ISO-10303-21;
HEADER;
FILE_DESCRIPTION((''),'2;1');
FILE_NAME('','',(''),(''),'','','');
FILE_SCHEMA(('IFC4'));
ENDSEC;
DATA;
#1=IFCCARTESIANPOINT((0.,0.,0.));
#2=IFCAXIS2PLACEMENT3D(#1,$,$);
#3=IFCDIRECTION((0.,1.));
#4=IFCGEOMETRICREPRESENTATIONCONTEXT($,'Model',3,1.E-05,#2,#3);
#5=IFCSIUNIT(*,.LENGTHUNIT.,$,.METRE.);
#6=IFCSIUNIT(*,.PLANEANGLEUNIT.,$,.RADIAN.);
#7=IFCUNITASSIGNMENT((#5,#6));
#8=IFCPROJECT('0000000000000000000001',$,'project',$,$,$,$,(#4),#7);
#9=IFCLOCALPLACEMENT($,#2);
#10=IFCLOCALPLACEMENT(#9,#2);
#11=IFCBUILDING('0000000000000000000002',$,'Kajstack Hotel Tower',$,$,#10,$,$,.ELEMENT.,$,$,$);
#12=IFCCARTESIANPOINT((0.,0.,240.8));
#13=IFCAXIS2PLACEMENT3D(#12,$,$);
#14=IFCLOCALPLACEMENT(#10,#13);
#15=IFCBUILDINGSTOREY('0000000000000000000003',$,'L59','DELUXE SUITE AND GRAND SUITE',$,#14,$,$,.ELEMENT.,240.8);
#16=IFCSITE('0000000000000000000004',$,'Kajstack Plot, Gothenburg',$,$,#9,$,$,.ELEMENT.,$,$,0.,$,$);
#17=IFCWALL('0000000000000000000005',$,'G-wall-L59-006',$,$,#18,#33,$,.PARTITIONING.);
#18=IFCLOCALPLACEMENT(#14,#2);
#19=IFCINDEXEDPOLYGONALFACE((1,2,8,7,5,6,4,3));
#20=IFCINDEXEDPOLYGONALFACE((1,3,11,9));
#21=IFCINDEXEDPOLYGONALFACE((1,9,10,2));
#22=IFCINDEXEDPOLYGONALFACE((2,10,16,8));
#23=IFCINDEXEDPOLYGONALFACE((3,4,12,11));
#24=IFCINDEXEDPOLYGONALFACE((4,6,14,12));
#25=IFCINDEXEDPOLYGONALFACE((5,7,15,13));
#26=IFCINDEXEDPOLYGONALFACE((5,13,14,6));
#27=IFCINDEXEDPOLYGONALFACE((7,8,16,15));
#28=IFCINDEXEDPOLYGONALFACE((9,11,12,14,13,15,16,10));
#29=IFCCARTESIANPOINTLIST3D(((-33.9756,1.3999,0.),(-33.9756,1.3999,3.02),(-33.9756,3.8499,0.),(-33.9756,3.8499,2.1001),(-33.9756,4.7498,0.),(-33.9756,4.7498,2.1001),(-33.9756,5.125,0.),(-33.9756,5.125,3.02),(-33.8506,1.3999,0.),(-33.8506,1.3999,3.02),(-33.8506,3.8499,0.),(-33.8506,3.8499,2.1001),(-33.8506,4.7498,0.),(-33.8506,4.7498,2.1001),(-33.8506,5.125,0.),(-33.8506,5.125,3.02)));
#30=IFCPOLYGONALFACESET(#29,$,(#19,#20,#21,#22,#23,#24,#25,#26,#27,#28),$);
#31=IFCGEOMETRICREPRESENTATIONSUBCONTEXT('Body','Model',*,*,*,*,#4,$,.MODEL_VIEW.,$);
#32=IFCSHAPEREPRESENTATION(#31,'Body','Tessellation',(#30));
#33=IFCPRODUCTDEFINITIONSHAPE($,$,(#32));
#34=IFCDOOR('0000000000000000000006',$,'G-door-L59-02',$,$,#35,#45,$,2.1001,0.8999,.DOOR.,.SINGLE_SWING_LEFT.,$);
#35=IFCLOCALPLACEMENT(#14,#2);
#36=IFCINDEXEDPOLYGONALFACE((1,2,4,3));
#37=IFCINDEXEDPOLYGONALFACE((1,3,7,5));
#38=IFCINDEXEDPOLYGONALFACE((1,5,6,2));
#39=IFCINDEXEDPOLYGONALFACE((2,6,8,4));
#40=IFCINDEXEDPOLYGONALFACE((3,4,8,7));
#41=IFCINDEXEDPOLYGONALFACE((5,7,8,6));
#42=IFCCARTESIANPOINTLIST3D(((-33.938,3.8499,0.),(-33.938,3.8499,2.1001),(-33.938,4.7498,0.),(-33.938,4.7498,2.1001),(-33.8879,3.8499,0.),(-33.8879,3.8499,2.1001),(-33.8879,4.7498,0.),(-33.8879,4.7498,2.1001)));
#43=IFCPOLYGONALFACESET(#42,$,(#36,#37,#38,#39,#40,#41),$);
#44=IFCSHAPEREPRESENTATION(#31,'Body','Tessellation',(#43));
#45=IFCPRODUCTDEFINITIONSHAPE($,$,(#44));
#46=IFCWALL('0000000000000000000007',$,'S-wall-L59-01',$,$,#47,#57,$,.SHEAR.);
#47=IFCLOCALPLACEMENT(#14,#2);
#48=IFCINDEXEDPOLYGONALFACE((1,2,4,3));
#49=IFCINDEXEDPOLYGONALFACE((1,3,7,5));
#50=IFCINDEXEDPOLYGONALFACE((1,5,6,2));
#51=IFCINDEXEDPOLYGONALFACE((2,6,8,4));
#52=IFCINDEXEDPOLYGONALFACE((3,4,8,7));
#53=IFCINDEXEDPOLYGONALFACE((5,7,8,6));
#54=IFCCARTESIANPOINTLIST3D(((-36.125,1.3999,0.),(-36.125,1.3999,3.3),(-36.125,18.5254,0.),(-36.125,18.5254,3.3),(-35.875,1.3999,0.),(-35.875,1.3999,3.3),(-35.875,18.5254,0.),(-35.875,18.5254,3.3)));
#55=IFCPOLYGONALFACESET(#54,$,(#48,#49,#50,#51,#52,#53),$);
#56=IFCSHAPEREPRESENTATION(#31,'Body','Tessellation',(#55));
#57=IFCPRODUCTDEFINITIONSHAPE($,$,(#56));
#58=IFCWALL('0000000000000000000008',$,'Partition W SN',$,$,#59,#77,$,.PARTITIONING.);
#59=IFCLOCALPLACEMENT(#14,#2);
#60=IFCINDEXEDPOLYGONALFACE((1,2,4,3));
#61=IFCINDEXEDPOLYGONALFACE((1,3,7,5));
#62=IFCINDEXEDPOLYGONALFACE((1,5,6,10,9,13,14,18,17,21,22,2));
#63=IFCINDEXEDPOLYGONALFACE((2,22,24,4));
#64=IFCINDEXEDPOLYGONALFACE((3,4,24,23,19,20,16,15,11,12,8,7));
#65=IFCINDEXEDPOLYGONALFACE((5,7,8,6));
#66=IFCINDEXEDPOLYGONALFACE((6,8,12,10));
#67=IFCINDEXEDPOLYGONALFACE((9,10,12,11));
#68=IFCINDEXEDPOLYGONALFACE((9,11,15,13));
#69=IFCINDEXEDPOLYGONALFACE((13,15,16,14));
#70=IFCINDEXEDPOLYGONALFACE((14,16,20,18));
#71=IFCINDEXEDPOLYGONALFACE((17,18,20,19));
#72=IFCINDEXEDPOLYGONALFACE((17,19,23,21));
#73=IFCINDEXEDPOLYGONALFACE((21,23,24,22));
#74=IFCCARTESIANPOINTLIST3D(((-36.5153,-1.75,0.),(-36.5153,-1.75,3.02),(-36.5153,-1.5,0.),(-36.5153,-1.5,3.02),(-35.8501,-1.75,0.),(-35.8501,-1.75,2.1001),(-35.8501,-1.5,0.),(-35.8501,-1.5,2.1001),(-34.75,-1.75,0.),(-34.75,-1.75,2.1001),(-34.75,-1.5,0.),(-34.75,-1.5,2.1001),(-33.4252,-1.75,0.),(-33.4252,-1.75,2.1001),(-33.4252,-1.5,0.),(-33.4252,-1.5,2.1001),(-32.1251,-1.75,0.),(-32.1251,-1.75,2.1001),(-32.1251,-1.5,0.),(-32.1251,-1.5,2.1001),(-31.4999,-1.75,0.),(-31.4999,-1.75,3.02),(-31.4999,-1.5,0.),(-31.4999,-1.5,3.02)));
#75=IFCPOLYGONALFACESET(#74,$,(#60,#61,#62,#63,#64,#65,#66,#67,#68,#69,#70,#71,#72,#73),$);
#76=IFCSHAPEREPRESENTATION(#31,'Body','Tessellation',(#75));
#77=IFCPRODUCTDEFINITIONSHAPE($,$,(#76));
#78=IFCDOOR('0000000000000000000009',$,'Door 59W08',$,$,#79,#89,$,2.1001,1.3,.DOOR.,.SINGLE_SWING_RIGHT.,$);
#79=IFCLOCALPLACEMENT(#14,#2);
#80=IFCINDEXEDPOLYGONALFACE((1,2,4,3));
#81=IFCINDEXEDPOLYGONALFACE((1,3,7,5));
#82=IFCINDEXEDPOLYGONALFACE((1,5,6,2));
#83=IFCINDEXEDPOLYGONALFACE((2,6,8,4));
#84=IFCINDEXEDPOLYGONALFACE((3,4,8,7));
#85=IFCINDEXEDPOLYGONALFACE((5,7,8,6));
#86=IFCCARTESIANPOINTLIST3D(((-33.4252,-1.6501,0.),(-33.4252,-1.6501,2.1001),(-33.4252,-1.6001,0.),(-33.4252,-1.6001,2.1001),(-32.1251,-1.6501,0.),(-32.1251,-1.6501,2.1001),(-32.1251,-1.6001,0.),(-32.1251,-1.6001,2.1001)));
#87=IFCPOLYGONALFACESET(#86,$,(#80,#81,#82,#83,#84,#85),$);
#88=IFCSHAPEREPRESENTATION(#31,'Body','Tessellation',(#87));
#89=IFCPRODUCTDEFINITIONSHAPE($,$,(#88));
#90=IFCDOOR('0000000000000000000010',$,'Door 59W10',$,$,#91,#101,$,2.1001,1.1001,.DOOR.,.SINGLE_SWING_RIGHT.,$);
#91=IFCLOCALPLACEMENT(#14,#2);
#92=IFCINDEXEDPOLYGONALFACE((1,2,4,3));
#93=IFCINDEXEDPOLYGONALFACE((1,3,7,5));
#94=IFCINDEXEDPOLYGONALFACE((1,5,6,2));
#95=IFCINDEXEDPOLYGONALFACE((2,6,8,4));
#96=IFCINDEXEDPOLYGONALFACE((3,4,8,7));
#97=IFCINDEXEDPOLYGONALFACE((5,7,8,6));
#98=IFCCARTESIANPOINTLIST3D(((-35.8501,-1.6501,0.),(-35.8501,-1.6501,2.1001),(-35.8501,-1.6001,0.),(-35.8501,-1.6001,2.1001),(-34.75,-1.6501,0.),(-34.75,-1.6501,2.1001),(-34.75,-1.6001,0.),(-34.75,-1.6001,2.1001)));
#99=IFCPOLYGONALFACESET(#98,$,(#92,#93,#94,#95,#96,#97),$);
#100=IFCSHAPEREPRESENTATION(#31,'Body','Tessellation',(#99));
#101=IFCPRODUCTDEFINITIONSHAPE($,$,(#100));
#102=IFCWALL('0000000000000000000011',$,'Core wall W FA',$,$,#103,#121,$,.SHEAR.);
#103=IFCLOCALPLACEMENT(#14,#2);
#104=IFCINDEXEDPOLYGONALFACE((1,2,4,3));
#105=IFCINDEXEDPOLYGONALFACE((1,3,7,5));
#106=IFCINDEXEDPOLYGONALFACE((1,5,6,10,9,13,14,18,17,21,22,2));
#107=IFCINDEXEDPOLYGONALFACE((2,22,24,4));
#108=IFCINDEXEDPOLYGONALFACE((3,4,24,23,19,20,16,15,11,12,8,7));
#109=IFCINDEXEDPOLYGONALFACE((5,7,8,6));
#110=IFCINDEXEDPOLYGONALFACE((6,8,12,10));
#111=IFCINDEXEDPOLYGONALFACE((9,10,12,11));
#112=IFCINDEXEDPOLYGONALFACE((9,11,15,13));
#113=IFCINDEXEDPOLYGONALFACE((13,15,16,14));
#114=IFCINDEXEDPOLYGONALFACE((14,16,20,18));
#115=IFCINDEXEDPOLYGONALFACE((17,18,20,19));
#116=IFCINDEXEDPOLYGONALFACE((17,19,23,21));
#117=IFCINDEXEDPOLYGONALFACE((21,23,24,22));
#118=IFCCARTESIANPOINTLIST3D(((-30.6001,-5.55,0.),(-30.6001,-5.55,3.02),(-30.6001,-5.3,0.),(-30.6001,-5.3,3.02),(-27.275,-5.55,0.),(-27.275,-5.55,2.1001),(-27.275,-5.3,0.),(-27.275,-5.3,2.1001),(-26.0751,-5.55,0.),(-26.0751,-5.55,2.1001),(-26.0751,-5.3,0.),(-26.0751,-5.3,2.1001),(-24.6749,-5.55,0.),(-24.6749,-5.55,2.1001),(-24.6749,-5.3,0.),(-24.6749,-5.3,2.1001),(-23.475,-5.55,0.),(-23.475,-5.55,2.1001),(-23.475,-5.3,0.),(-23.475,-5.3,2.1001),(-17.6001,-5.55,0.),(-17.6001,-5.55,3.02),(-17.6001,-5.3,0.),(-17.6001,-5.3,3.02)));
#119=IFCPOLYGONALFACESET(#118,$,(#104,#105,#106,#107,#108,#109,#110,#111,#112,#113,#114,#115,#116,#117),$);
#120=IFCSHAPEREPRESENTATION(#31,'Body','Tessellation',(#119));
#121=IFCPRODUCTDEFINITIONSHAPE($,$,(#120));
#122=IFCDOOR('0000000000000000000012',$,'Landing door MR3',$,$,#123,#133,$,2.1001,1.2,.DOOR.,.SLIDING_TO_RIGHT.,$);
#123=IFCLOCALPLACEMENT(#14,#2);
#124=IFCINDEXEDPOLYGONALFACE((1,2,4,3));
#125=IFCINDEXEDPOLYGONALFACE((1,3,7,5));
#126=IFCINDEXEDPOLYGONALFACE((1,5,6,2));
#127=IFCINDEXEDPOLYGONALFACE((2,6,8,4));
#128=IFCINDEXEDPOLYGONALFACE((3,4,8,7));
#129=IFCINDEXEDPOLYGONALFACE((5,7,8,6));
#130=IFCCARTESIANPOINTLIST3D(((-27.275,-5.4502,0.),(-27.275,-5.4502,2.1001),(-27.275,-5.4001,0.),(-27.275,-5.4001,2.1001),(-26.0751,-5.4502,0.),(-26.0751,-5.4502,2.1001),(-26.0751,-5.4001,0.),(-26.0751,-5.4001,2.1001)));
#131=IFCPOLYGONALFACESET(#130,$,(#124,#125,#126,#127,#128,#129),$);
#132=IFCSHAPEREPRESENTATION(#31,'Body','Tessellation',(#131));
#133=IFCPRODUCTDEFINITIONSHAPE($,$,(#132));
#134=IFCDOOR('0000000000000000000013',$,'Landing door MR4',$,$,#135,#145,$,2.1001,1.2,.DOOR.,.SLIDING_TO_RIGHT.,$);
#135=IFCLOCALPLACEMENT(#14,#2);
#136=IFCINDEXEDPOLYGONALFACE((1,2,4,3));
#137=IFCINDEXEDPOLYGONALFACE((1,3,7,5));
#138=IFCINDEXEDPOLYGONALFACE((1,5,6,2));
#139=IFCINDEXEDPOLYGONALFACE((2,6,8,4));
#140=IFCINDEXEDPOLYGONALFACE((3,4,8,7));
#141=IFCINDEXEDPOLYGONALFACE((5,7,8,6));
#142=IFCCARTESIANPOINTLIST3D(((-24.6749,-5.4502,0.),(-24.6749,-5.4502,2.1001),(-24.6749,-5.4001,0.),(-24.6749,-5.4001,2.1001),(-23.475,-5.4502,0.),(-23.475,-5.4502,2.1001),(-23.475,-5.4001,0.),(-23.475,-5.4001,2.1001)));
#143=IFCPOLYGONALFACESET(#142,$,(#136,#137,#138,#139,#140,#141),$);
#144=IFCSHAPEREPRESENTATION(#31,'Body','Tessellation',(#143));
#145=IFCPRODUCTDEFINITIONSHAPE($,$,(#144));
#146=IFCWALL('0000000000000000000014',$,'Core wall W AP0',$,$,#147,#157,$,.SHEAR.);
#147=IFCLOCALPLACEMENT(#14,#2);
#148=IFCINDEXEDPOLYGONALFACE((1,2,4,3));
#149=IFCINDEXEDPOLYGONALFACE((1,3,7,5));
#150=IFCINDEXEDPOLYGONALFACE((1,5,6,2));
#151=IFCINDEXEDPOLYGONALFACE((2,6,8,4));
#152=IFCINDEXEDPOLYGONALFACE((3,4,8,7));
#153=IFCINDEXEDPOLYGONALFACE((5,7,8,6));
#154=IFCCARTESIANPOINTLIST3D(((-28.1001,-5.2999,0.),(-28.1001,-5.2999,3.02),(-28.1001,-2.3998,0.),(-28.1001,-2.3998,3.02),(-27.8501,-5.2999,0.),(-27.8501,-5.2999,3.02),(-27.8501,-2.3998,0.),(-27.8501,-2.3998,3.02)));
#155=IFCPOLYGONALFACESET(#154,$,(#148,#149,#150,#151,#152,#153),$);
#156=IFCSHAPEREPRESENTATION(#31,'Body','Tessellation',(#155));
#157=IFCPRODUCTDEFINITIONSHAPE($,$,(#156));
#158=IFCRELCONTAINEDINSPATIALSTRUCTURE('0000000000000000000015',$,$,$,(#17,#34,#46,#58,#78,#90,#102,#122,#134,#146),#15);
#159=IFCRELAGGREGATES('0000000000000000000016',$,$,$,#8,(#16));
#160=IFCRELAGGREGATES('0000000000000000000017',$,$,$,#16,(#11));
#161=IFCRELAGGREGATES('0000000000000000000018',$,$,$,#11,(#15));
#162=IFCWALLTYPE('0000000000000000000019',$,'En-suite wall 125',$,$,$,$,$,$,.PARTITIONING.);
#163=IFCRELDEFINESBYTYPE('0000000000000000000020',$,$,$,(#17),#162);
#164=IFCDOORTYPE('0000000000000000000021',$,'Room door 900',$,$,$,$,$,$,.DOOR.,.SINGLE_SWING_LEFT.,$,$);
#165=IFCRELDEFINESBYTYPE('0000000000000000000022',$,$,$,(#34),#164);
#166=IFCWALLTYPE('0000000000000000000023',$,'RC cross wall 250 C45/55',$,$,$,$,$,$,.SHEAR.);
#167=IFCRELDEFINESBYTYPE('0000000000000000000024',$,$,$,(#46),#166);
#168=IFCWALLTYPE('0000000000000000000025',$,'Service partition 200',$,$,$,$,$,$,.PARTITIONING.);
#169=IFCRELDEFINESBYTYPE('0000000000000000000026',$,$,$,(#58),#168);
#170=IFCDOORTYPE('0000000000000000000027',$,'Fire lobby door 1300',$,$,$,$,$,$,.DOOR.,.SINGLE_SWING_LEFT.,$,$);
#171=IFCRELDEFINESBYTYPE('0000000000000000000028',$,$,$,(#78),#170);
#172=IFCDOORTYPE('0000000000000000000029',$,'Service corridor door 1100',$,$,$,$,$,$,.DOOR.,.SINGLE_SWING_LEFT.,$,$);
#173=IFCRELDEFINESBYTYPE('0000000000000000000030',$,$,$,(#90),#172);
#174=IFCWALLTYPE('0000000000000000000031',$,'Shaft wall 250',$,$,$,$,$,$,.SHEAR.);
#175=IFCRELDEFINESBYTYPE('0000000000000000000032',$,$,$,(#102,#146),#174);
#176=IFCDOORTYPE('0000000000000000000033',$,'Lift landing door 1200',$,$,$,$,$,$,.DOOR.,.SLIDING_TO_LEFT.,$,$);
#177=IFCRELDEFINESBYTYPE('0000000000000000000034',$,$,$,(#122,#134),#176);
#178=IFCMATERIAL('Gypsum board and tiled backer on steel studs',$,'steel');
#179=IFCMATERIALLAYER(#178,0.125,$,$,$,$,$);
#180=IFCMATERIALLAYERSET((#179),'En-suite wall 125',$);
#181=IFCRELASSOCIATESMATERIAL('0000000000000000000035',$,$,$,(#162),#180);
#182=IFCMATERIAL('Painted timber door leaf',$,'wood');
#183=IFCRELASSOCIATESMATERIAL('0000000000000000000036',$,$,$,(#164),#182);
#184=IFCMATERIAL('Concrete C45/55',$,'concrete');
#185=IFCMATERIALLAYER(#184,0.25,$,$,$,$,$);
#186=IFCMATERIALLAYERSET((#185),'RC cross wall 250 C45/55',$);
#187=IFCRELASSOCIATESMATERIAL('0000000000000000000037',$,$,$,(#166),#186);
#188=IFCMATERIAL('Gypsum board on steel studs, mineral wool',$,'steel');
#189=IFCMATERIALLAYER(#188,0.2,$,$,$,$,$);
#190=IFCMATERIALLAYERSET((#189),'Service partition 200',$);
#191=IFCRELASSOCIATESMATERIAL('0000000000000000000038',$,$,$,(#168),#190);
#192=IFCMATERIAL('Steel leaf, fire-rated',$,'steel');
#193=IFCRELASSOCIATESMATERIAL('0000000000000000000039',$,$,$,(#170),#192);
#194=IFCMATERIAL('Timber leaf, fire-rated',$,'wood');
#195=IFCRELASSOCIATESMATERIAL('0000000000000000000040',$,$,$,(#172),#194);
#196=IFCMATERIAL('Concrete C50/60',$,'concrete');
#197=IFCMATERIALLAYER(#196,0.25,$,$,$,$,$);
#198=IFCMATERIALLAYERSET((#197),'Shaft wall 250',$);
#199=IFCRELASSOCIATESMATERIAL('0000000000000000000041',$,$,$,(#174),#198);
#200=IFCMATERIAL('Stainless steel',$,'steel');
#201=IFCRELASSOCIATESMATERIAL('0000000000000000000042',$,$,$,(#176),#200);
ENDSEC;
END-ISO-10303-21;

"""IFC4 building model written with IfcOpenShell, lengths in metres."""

from ifc_helpers import new_model, si_unit, direction, frame, frame_2d, origin, place, context, subcontext, project, spatial, rectangle, extrude, material, layer, layer_set, type_object, element, fill, save


model = new_model("IFC4")

# Units and contexts
model_context = context("Model", 3, precision=1e-05, world=origin(), true_north=direction((0.0, 1.0)))
body_context = subcontext(model_context, "Body", "Model", "MODEL_VIEW")
ifc_project = project(units=[si_unit("LENGTHUNIT", "METRE"), si_unit("PLANEANGLEUNIT", "RADIAN")], contexts=[model_context])

# Site, building, storey
site_placement = place(None, origin())
site = spatial("IfcSite", under=ifc_project, at=site_placement, Name="Kajstack Plot, Gothenburg", CompositionType="ELEMENT", RefElevation=0.0)
building_placement = place(site_placement, origin())
building = spatial("IfcBuilding", under=site, at=building_placement, Name="Kajstack Hotel Tower", CompositionType="ELEMENT")
storey_placement = place(building_placement, frame((0.0, 0.0, 240.8)))
storey = spatial("IfcBuildingStorey", under=building, at=storey_placement, Name="L59", Description="DELUXE SUITE AND GRAND SUITE", CompositionType="ELEMENT", Elevation=240.8)

# Shared definitions
ifc_material_1 = material(Name="Gypsum board on steel studs, mineral wool", Category="steel")

# Wall, opening, door
ifc_material_2 = material(Name="Gypsum board and tiled backer on steel studs", Category="steel")
ifc_layer_1 = layer(ifc_material_2, 0.125)
ifc_layer_set_1 = layer_set([ifc_layer_1], Name="En-suite wall 125")
wall_type_1 = type_object("IfcWallType", Name="En-suite wall 125", PredefinedType="PARTITIONING", material=ifc_layer_set_1)
wall_1_placement = place(storey_placement, frame((-33.9131, 1.3999, 0.0), z_axis=(0.0, 0.0, 1.0), x_axis=(0.0, 1.0, 0.0)))
wall_1 = element("IfcWall", 1, at=wall_1_placement, inside=storey, type_object=wall_type_1, Name="G-wall-L59-006", PredefinedType="PARTITIONING", context=body_context, shape_type="SweptSolid", body=[
    extrude(rectangle(XDim=3.7251, YDim=0.125, at=frame_2d((1.8625, 0.0))), origin(), (0.0, 0.0, 1.0), 3.02),
])
opening_1_placement = place(wall_1_placement, frame((2.45, 0.0, 0.0)))
opening_1 = element("IfcOpeningElement", 2, at=opening_1_placement, cuts=wall_1, PredefinedType="OPENING", context=body_context, shape_type="SweptSolid", body=[
    extrude(rectangle(XDim=0.8999, YDim=2.1001, at=frame_2d((0.45, 1.05))), frame((0.0, 0.0725, 0.0), z_axis=(0.0, -1.0, 0.0), x_axis=(1.0, 0.0, 0.0)), (0.0, 0.0, 1.0), 0.145),
])
ifc_material_3 = material(Name="Painted timber door leaf", Category="wood")
door_type_1 = type_object("IfcDoorType", Name="Room door 900", OperationType="SINGLE_SWING_LEFT", PredefinedType="DOOR", material=ifc_material_3)
door_1_placement = place(opening_1_placement, origin())
door_1 = element("IfcDoor", 3, at=door_1_placement, inside=storey, type_object=door_type_1, Name="G-door-L59-02", OperationType="SINGLE_SWING_LEFT", OverallHeight=2.1001, OverallWidth=0.8999, PredefinedType="DOOR", context=body_context, shape_type="SweptSolid", body=[
    extrude(rectangle(XDim=0.8999, YDim=2.1001, at=frame_2d((0.45, 1.05))), frame((0.0, 0.0249, 0.0), z_axis=(0.0, -1.0, 0.0), x_axis=(1.0, 0.0, 0.0)), (0.0, 0.0, 1.0), 0.05),
])
fill(opening_1, door_1)

# Wall
ifc_material_4 = material(Name="Concrete C45/55", Category="concrete")
ifc_layer_2 = layer(ifc_material_4, 0.25)
ifc_layer_set_2 = layer_set([ifc_layer_2], Name="RC cross wall 250 C45/55")
wall_type_2 = type_object("IfcWallType", Name="RC cross wall 250 C45/55", PredefinedType="SHEAR", material=ifc_layer_set_2)
wall_2_placement = place(storey_placement, frame((-36.0, 1.3999, 0.0), z_axis=(0.0, 0.0, 1.0), x_axis=(0.0, 1.0, 0.0)))
element("IfcWall", 4, at=wall_2_placement, inside=storey, type_object=wall_type_2, Name="S-wall-L59-01", PredefinedType="SHEAR", context=body_context, shape_type="SweptSolid", body=[
    extrude(rectangle(XDim=17.1255, YDim=0.25, at=frame_2d((8.5627, 0.0))), origin(), (0.0, 0.0, 1.0), 3.3),
])

# Walls, openings, doors
ifc_layer_3 = layer(ifc_material_1, 0.2)
ifc_layer_set_3 = layer_set([ifc_layer_3], Name="Service partition 200")
wall_type_3 = type_object("IfcWallType", Name="Service partition 200", PredefinedType="PARTITIONING", material=ifc_layer_set_3)
wall_3_placement = place(storey_placement, frame((-36.5154, -1.625, 0.0), z_axis=(0.0, 0.0, 1.0), x_axis=(1.0, 0.0, 0.0)))
wall_3 = element("IfcWall", 5, at=wall_3_placement, inside=storey, type_object=wall_type_3, Name="Partition W SN", PredefinedType="PARTITIONING", context=body_context, shape_type="SweptSolid", body=[
    extrude(rectangle(XDim=5.0154, YDim=0.25, at=frame_2d((2.5078, 0.0))), origin(), (0.0, 0.0, 1.0), 3.02),
])
opening_2_placement = place(wall_3_placement, frame((3.0903, 0.0, 0.0)))
opening_2 = element("IfcOpeningElement", 6, at=opening_2_placement, cuts=wall_3, PredefinedType="OPENING", context=body_context, shape_type="SweptSolid", body=[
    extrude(rectangle(XDim=1.3, YDim=2.1001, at=frame_2d((0.6499, 1.05))), frame((0.0, 0.135, 0.0), z_axis=(0.0, -1.0, 0.0), x_axis=(1.0, 0.0, 0.0)), (0.0, 0.0, 1.0), 0.27),
])
opening_3_placement = place(wall_3_placement, frame((0.6653, 0.0, 0.0)))
opening_3 = element("IfcOpeningElement", 7, at=opening_3_placement, cuts=wall_3, PredefinedType="OPENING", context=body_context, shape_type="SweptSolid", body=[
    extrude(rectangle(XDim=1.1001, YDim=2.1001, at=frame_2d((0.55, 1.05))), frame((0.0, 0.135, 0.0), z_axis=(0.0, -1.0, 0.0), x_axis=(1.0, 0.0, 0.0)), (0.0, 0.0, 1.0), 0.27),
])
ifc_material_5 = material(Name="Steel leaf, fire-rated", Category="steel")
door_type_2 = type_object("IfcDoorType", Name="Fire lobby door 1300", OperationType="SINGLE_SWING_LEFT", PredefinedType="DOOR", material=ifc_material_5)
door_2_placement = place(opening_2_placement, origin())
door_2 = element("IfcDoor", 8, at=door_2_placement, inside=storey, type_object=door_type_2, Name="Door 59W08", OperationType="SINGLE_SWING_RIGHT", OverallHeight=2.1001, OverallWidth=1.3, PredefinedType="DOOR", context=body_context, shape_type="SweptSolid", body=[
    extrude(rectangle(XDim=1.3, YDim=2.1001, at=frame_2d((0.6499, 1.05))), frame((0.0, 0.0249, 0.0), z_axis=(0.0, -1.0, 0.0), x_axis=(1.0, 0.0, 0.0)), (0.0, 0.0, 1.0), 0.05),
])
fill(opening_2, door_2)
ifc_material_6 = material(Name="Timber leaf, fire-rated", Category="wood")
door_type_3 = type_object("IfcDoorType", Name="Service corridor door 1100", OperationType="SINGLE_SWING_LEFT", PredefinedType="DOOR", material=ifc_material_6)
door_3_placement = place(opening_3_placement, origin())
door_3 = element("IfcDoor", 9, at=door_3_placement, inside=storey, type_object=door_type_3, Name="Door 59W10", OperationType="SINGLE_SWING_RIGHT", OverallHeight=2.1001, OverallWidth=1.1001, PredefinedType="DOOR", context=body_context, shape_type="SweptSolid", body=[
    extrude(rectangle(XDim=1.1001, YDim=2.1001, at=frame_2d((0.55, 1.05))), frame((0.0, 0.0249, 0.0), z_axis=(0.0, -1.0, 0.0), x_axis=(1.0, 0.0, 0.0)), (0.0, 0.0, 1.0), 0.05),
])
fill(opening_3, door_3)
ifc_material_7 = material(Name="Concrete C50/60", Category="concrete")
ifc_layer_4 = layer(ifc_material_7, 0.25)
ifc_layer_set_4 = layer_set([ifc_layer_4], Name="Shaft wall 250")
wall_type_4 = type_object("IfcWallType", Name="Shaft wall 250", PredefinedType="SHEAR", material=ifc_layer_set_4)
wall_4_placement = place(storey_placement, frame((-30.6001, -5.425, 0.0), z_axis=(0.0, 0.0, 1.0), x_axis=(1.0, 0.0, 0.0)))
wall_4 = element("IfcWall", 10, at=wall_4_placement, inside=storey, type_object=wall_type_4, Name="Core wall W FA", PredefinedType="SHEAR", context=body_context, shape_type="SweptSolid", body=[
    extrude(rectangle(XDim=13.0, YDim=0.25, at=frame_2d((6.5, 0.0))), origin(), (0.0, 0.0, 1.0), 3.02),
])
opening_4_placement = place(wall_4_placement, frame((3.325, 0.0, 0.0)))
opening_4 = element("IfcOpeningElement", 11, at=opening_4_placement, cuts=wall_4, PredefinedType="OPENING", context=body_context, shape_type="SweptSolid", body=[
    extrude(rectangle(XDim=1.2, YDim=2.1001, at=frame_2d((0.6001, 1.05))), frame((0.0, 0.135, 0.0), z_axis=(0.0, -1.0, 0.0), x_axis=(1.0, 0.0, 0.0)), (0.0, 0.0, 1.0), 0.27),
])
opening_5_placement = place(wall_4_placement, frame((5.925, 0.0, 0.0)))
opening_5 = element("IfcOpeningElement", 12, at=opening_5_placement, cuts=wall_4, PredefinedType="OPENING", context=body_context, shape_type="SweptSolid", body=[
    extrude(rectangle(XDim=1.2, YDim=2.1001, at=frame_2d((0.6001, 1.05))), frame((0.0, 0.135, 0.0), z_axis=(0.0, -1.0, 0.0), x_axis=(1.0, 0.0, 0.0)), (0.0, 0.0, 1.0), 0.27),
])
ifc_material_8 = material(Name="Stainless steel", Category="steel")
door_type_4 = type_object("IfcDoorType", Name="Lift landing door 1200", OperationType="SLIDING_TO_LEFT", PredefinedType="DOOR", material=ifc_material_8)
door_4_placement = place(opening_4_placement, origin())
door_4 = element("IfcDoor", 13, at=door_4_placement, inside=storey, type_object=door_type_4, Name="Landing door MR3", OperationType="SLIDING_TO_RIGHT", OverallHeight=2.1001, OverallWidth=1.2, PredefinedType="DOOR", context=body_context, shape_type="SweptSolid", body=[
    extrude(rectangle(XDim=1.2, YDim=2.1001, at=frame_2d((0.6001, 1.05))), frame((0.0, 0.0249, 0.0), z_axis=(0.0, -1.0, 0.0), x_axis=(1.0, 0.0, 0.0)), (0.0, 0.0, 1.0), 0.05),
])
fill(opening_4, door_4)
door_5_placement = place(opening_5_placement, origin())
door_5 = element("IfcDoor", 14, at=door_5_placement, inside=storey, type_object=door_type_4, Name="Landing door MR4", OperationType="SLIDING_TO_RIGHT", OverallHeight=2.1001, OverallWidth=1.2, PredefinedType="DOOR", context=body_context, shape_type="SweptSolid", body=[
    extrude(rectangle(XDim=1.2, YDim=2.1001, at=frame_2d((0.6001, 1.05))), frame((0.0, 0.0249, 0.0), z_axis=(0.0, -1.0, 0.0), x_axis=(1.0, 0.0, 0.0)), (0.0, 0.0, 1.0), 0.05),
])
fill(opening_5, door_5)

# Wall
wall_5_placement = place(storey_placement, frame((-27.9751, -5.3, 0.0), z_axis=(0.0, 0.0, 1.0), x_axis=(0.0, 1.0, 0.0)))
element("IfcWall", 15, at=wall_5_placement, inside=storey, type_object=wall_type_4, Name="Core wall W AP0", PredefinedType="SHEAR", context=body_context, shape_type="SweptSolid", body=[
    extrude(rectangle(XDim=2.9001, YDim=0.25, at=frame_2d((1.4502, 0.0))), origin(), (0.0, 0.0, 1.0), 3.02),
])

save(model, "model.ifc")
